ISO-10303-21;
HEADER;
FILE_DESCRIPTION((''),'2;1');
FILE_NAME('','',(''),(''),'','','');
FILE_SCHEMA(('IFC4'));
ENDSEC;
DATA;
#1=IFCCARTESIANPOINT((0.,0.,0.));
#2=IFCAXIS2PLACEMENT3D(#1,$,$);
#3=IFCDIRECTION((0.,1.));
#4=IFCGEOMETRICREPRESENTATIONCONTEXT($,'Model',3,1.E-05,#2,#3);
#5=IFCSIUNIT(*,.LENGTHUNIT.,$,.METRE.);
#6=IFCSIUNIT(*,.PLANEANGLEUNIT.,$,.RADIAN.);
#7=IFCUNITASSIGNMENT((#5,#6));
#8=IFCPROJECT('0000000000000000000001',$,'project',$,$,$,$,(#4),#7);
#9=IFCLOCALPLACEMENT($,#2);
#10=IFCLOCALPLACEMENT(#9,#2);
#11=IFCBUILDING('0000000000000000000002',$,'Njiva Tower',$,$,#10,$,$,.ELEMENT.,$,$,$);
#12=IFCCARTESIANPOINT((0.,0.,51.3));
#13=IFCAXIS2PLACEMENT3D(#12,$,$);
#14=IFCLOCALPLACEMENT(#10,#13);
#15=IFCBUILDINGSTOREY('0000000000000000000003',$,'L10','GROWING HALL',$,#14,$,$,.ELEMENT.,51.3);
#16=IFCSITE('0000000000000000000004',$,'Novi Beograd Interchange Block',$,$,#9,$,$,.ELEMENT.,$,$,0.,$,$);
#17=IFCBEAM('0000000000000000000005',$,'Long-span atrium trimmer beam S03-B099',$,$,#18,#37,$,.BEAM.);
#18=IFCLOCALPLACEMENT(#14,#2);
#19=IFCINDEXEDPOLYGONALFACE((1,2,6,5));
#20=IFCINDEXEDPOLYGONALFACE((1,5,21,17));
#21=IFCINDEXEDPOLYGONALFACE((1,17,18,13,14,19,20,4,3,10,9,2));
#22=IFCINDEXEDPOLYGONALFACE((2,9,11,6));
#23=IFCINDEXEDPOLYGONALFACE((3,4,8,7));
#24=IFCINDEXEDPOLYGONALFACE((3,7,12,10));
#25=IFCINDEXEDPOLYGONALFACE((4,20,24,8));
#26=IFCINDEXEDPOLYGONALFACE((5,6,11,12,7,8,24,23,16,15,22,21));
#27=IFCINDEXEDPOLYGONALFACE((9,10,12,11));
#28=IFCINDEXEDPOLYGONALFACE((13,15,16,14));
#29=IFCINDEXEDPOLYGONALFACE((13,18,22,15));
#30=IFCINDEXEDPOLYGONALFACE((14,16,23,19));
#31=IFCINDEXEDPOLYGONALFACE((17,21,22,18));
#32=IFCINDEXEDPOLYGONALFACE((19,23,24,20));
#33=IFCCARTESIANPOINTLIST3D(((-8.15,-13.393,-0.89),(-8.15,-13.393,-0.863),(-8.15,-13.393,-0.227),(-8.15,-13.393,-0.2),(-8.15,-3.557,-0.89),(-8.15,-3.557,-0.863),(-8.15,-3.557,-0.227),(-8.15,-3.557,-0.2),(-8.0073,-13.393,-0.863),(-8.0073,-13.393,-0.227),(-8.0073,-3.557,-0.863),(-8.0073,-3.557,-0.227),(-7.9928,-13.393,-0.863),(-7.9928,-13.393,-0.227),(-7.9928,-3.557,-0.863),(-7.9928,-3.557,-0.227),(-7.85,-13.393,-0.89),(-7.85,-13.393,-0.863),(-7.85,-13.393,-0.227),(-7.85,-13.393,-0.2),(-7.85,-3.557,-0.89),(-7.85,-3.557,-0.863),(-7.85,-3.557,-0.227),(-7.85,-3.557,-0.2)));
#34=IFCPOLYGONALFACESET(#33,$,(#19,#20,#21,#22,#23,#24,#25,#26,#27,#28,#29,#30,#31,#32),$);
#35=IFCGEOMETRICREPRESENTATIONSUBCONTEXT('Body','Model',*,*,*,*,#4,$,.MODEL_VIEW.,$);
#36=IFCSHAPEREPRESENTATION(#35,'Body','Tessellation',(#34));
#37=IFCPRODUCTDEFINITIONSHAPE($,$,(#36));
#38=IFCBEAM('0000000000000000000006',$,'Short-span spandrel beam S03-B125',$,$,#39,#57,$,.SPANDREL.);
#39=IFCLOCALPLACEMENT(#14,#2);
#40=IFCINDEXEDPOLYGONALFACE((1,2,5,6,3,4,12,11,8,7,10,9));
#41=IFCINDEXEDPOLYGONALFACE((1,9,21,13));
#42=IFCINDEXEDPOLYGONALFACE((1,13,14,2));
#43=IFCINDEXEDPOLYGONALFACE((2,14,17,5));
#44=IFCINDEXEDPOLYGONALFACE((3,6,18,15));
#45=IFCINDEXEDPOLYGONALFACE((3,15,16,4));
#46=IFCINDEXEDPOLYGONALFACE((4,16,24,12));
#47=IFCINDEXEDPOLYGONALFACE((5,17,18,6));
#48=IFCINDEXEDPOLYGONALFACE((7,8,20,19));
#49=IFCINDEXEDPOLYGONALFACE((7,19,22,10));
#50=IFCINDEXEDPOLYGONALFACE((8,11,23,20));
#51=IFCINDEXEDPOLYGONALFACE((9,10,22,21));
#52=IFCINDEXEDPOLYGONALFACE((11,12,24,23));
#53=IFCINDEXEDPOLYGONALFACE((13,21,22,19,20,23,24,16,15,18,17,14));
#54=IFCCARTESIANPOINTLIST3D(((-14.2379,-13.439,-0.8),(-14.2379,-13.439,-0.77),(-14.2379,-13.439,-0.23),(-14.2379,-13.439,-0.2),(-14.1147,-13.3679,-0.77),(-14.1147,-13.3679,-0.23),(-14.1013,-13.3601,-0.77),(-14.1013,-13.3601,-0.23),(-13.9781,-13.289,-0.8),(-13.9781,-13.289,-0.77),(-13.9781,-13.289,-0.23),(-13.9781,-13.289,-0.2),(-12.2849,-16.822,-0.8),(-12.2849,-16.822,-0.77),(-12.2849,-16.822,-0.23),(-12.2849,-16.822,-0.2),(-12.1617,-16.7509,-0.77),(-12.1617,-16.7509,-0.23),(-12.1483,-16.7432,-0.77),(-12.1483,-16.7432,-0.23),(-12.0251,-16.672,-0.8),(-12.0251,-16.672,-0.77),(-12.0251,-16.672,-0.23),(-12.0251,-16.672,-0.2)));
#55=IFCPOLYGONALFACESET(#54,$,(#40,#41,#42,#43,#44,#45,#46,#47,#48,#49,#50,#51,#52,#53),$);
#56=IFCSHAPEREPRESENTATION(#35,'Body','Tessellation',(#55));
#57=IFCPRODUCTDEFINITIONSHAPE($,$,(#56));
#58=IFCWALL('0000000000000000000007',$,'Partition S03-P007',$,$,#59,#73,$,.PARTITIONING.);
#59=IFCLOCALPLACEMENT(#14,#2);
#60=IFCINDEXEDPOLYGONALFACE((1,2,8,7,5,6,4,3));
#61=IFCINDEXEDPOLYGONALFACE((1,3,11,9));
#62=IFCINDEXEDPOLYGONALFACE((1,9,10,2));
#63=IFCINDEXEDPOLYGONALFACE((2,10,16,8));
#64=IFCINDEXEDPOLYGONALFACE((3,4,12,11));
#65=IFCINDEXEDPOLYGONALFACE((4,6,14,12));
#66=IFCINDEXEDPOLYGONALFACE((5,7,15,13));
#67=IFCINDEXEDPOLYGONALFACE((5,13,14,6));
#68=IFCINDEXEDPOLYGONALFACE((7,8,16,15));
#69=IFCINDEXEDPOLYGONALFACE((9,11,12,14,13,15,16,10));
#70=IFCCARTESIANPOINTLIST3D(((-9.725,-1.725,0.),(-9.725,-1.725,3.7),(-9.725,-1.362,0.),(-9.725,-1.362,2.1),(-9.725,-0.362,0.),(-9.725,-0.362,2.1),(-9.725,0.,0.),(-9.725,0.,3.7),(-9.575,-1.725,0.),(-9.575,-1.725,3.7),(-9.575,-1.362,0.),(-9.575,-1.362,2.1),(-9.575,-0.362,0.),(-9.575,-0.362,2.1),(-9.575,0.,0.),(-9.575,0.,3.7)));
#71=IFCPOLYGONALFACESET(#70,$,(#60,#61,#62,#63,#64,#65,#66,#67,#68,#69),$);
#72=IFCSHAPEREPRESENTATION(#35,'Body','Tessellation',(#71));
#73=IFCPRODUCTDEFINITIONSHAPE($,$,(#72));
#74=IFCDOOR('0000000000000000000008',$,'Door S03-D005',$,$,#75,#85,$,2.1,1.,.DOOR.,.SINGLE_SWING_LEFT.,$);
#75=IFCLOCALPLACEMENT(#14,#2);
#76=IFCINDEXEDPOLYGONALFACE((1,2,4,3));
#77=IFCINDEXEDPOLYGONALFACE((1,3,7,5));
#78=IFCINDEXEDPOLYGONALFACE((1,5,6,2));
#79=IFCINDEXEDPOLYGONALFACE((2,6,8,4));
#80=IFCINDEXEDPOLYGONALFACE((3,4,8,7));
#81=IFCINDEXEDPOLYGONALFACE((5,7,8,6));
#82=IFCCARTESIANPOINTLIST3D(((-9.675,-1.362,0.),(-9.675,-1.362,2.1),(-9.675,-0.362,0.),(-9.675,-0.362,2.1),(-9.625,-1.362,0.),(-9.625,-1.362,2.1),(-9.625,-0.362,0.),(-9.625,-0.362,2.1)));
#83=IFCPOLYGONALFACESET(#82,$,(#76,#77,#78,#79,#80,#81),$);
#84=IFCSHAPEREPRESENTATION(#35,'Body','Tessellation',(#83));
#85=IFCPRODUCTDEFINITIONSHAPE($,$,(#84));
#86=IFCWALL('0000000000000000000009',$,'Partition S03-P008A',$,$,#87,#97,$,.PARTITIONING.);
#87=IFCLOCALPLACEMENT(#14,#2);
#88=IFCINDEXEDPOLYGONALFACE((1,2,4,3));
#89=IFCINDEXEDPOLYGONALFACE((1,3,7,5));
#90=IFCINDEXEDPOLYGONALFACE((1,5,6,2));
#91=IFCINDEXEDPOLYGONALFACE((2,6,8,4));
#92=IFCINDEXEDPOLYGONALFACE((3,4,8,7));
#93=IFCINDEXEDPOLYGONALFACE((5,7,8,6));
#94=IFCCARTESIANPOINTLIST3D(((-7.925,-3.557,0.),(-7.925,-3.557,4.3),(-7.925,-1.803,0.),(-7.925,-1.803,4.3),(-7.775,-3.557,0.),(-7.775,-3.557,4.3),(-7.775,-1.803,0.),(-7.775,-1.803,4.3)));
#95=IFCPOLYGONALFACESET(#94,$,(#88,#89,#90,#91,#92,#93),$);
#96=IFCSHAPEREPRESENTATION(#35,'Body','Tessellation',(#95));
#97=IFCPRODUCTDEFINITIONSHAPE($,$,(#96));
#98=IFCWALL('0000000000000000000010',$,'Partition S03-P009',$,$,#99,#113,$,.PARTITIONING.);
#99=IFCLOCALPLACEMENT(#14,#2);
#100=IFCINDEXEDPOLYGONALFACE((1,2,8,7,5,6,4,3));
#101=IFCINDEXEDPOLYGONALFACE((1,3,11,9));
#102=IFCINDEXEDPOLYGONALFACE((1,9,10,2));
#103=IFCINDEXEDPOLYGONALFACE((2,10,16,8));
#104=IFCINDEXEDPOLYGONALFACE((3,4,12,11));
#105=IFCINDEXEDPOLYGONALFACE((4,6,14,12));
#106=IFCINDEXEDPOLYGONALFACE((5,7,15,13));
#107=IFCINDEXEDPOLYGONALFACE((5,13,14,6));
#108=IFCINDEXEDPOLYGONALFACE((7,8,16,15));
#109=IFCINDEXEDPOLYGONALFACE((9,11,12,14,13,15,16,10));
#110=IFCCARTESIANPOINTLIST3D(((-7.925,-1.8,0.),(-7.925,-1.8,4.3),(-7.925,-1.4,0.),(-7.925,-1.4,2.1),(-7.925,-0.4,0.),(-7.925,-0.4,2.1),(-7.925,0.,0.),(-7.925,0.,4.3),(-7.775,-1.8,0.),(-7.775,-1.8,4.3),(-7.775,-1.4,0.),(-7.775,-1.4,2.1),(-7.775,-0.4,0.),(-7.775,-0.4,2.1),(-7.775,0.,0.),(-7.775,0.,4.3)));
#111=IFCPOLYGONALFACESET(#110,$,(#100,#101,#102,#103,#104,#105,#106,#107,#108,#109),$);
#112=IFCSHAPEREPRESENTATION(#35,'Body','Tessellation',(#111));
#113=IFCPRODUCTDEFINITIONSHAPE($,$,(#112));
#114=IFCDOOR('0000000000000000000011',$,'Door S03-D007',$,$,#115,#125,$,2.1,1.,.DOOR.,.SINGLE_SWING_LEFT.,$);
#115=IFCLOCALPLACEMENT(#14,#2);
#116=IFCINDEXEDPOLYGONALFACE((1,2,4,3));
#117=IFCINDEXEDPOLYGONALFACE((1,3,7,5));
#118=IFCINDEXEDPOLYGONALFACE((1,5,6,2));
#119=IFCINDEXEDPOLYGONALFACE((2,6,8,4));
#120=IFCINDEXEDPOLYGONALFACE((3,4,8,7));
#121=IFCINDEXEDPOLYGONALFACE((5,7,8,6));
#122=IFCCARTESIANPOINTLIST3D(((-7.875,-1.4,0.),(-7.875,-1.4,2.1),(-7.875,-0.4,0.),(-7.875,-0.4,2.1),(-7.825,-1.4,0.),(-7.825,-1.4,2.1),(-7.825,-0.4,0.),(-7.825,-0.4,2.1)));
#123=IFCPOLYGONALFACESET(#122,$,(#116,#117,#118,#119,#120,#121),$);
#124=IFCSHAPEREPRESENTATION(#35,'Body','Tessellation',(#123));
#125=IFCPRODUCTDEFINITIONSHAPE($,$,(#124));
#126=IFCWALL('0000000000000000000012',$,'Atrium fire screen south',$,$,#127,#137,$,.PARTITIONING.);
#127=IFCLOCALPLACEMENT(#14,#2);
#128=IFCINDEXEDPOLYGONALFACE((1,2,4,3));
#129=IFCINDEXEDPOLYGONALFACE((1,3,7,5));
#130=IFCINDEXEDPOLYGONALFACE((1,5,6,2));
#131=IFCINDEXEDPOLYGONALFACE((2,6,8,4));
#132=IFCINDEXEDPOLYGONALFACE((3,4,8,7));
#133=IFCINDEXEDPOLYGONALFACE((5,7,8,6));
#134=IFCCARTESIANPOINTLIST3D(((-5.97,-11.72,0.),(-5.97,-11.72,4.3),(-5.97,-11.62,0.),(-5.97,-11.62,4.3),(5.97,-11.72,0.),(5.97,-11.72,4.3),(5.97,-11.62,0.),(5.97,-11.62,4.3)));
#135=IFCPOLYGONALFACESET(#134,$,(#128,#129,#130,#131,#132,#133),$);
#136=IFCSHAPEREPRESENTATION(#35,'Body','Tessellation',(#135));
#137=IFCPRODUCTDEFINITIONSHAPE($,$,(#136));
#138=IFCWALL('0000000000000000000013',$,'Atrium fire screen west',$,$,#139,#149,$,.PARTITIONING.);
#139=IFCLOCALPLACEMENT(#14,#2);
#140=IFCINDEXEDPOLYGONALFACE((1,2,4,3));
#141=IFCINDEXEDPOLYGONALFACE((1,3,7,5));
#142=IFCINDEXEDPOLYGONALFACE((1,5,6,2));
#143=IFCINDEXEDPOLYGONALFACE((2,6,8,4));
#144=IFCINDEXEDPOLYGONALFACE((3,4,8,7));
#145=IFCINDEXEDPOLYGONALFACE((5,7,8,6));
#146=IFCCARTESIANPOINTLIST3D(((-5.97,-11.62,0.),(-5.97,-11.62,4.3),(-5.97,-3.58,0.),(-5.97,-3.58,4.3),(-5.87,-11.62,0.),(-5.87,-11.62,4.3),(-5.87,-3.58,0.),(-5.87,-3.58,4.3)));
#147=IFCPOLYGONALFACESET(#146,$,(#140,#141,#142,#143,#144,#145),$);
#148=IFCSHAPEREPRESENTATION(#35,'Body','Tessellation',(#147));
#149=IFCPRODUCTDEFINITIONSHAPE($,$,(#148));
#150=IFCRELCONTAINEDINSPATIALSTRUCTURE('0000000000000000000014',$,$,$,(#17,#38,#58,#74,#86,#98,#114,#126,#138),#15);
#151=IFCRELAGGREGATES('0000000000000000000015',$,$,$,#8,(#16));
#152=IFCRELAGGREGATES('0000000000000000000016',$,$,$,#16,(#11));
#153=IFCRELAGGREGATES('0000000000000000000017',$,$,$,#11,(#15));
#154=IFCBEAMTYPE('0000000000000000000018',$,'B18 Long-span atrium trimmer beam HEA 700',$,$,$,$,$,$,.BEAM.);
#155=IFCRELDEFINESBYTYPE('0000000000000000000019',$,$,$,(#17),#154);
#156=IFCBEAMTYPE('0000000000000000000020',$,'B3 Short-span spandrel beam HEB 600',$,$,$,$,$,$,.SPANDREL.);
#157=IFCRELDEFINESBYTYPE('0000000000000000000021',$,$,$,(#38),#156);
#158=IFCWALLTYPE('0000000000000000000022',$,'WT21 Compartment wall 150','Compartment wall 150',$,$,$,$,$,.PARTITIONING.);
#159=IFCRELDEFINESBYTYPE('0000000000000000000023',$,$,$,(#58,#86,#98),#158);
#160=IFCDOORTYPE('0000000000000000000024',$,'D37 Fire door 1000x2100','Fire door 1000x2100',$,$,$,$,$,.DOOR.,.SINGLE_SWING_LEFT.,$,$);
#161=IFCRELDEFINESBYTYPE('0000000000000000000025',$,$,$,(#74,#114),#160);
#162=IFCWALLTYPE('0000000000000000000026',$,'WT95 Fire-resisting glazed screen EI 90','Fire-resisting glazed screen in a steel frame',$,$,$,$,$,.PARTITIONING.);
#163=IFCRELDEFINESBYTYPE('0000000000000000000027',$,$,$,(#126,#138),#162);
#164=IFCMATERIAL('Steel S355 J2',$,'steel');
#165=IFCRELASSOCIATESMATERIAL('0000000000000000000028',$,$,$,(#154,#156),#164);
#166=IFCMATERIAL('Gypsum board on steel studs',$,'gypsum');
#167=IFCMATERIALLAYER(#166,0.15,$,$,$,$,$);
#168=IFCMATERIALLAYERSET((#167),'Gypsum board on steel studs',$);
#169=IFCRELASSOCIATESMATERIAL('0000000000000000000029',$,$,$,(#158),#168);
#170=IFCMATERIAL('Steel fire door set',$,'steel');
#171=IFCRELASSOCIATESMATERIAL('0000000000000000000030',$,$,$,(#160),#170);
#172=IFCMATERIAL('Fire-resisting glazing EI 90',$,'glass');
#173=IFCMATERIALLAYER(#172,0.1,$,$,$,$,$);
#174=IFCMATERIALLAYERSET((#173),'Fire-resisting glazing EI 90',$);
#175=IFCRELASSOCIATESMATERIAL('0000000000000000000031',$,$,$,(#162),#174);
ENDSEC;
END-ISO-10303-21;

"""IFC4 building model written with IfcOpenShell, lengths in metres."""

from ifc_helpers import new_model, si_unit, direction, frame, frame_2d, origin, origin_2d, place, context, subcontext, project, spatial, rectangle, i_section, extrude, material, layer, layer_set, material_profile, profile_set, type_object, element, fill, save


model = new_model("IFC4")

# Units and contexts
model_context = context("Model", 3, precision=1e-05, world=origin(), true_north=direction((0.0, 1.0)))
body_context = subcontext(model_context, "Body", "Model", "MODEL_VIEW")
ifc_project = project(units=[si_unit("LENGTHUNIT", "METRE"), si_unit("PLANEANGLEUNIT", "RADIAN")], contexts=[model_context])

# Site, building, storey
site_placement = place(None, origin())
site = spatial("IfcSite", under=ifc_project, at=site_placement, Name="Novi Beograd Interchange Block", CompositionType="ELEMENT", RefElevation=0.0)
building_placement = place(site_placement, origin())
building = spatial("IfcBuilding", under=site, at=building_placement, Name="Njiva Tower", CompositionType="ELEMENT")
storey_placement = place(building_placement, frame((0.0, 0.0, 51.3)))
storey = spatial("IfcBuildingStorey", under=building, at=storey_placement, Name="L10", Description="GROWING HALL", CompositionType="ELEMENT", Elevation=51.3)

# Shared definitions
ifc_material_1 = material(Name="Steel S355 J2", Category="steel")

# Beams
ifc_material_profile_1 = material_profile(ifc_material_1, i_section(OverallWidth=0.3, OverallDepth=0.69, WebThickness=0.0145, FlangeThickness=0.027, at=origin_2d()), Name="HEA 700")
ifc_profile_set_1 = profile_set([ifc_material_profile_1], Name="Steel S355 J2")
beam_type_1 = type_object("IfcBeamType", Name="B18 Long-span atrium trimmer beam HEA 700", PredefinedType="BEAM", material=ifc_profile_set_1)
beam_1_placement = place(storey_placement, frame((-8.0, -3.557, -0.545), z_axis=(0.0, -1.0, 0.0), x_axis=(1.0, 0.0, 0.0)))
element("IfcBeam", 1, at=beam_1_placement, inside=storey, type_object=beam_type_1, Name="Long-span atrium trimmer beam S03-B099", PredefinedType="BEAM", context=body_context, shape_type="SweptSolid", body=[
    extrude(i_section(OverallWidth=0.3, OverallDepth=0.69, WebThickness=0.0145, FlangeThickness=0.027, at=origin_2d()), origin(), (0.0, 0.0, 1.0), 9.836),
])
ifc_material_profile_2 = material_profile(ifc_material_1, i_section(OverallWidth=0.3, OverallDepth=0.6, WebThickness=0.0155, FlangeThickness=0.03, at=origin_2d()), Name="HEB 600")
ifc_profile_set_2 = profile_set([ifc_material_profile_2], Name="Steel S355 J2")
beam_type_2 = type_object("IfcBeamType", Name="B3 Short-span spandrel beam HEB 600", PredefinedType="SPANDREL", material=ifc_profile_set_2)
beam_2_placement = place(storey_placement, frame((-14.108, -13.364, -0.5), z_axis=(0.499966, -0.866045, 0.0), x_axis=(0.866045, 0.499966, 0.0)))
element("IfcBeam", 2, at=beam_2_placement, inside=storey, type_object=beam_type_2, Name="Short-span spandrel beam S03-B125", PredefinedType="SPANDREL", context=body_context, shape_type="SweptSolid", body=[
    extrude(i_section(OverallWidth=0.3, OverallDepth=0.6, WebThickness=0.0155, FlangeThickness=0.03, at=origin_2d()), origin(), (0.0, 0.0, 1.0), 3.9063),
])

# Wall, opening, door
ifc_material_2 = material(Name="Gypsum board on steel studs", Category="gypsum")
ifc_layer_1 = layer(ifc_material_2, 0.15)
ifc_layer_set_1 = layer_set([ifc_layer_1], Name="Gypsum board on steel studs")
wall_type_1 = type_object("IfcWallType", Name="WT21 Compartment wall 150", Description="Compartment wall 150", PredefinedType="PARTITIONING", material=ifc_layer_set_1)
wall_1_placement = place(storey_placement, frame((-9.65, -1.725, 0.0), z_axis=(0.0, 0.0, 1.0), x_axis=(0.0, 1.0, 0.0)))
wall_1 = element("IfcWall", 3, at=wall_1_placement, inside=storey, type_object=wall_type_1, Name="Partition S03-P007", PredefinedType="PARTITIONING", context=body_context, shape_type="SweptSolid", body=[
    extrude(rectangle(XDim=1.725, YDim=0.15, at=frame_2d((0.8625, 0.0))), origin(), (0.0, 0.0, 1.0), 3.7),
])
opening_1_placement = place(wall_1_placement, frame((0.363, 0.0, 0.0)))
opening_1 = element("IfcOpeningElement", 4, at=opening_1_placement, cuts=wall_1, PredefinedType="OPENING", context=body_context, shape_type="SweptSolid", body=[
    extrude(rectangle(XDim=1.0, YDim=2.1, at=frame_2d((0.5, 1.05))), frame((0.0, 0.085, 0.0), z_axis=(0.0, -1.0, 0.0), x_axis=(1.0, 0.0, 0.0)), (0.0, 0.0, 1.0), 0.17),
])
ifc_material_3 = material(Name="Steel fire door set", Category="steel")
door_type = type_object("IfcDoorType", Name="D37 Fire door 1000x2100", Description="Fire door 1000x2100", OperationType="SINGLE_SWING_LEFT", PredefinedType="DOOR", material=ifc_material_3)
door_1_placement = place(opening_1_placement, origin())
door_1 = element("IfcDoor", 5, at=door_1_placement, inside=storey, type_object=door_type, Name="Door S03-D005", OperationType="SINGLE_SWING_LEFT", OverallHeight=2.1, OverallWidth=1.0, PredefinedType="DOOR", context=body_context, shape_type="SweptSolid", body=[
    extrude(rectangle(XDim=1.0, YDim=2.1, at=frame_2d((0.5, 1.05))), frame((0.0, 0.025, 0.0), z_axis=(0.0, -1.0, 0.0), x_axis=(1.0, 0.0, 0.0)), (0.0, 0.0, 1.0), 0.05),
])
fill(opening_1, door_1)

# Wall
wall_2_placement = place(storey_placement, frame((-7.85, -3.557, 0.0), z_axis=(0.0, 0.0, 1.0), x_axis=(0.0, 1.0, 0.0)))
element("IfcWall", 6, at=wall_2_placement, inside=storey, type_object=wall_type_1, Name="Partition S03-P008A", PredefinedType="PARTITIONING", context=body_context, shape_type="SweptSolid", body=[
    extrude(rectangle(XDim=1.754, YDim=0.15, at=frame_2d((0.877, 0.0))), origin(), (0.0, 0.0, 1.0), 4.3),
])

# Wall, opening, door
wall_3_placement = place(storey_placement, frame((-7.85, -1.8, 0.0), z_axis=(0.0, 0.0, 1.0), x_axis=(0.0, 1.0, 0.0)))
wall_3 = element("IfcWall", 7, at=wall_3_placement, inside=storey, type_object=wall_type_1, Name="Partition S03-P009", PredefinedType="PARTITIONING", context=body_context, shape_type="SweptSolid", body=[
    extrude(rectangle(XDim=1.8, YDim=0.15, at=frame_2d((0.9, 0.0))), origin(), (0.0, 0.0, 1.0), 4.3),
])
opening_2_placement = place(wall_3_placement, frame((0.4, 0.0, 0.0)))
opening_2 = element("IfcOpeningElement", 8, at=opening_2_placement, cuts=wall_3, PredefinedType="OPENING", context=body_context, shape_type="SweptSolid", body=[
    extrude(rectangle(XDim=1.0, YDim=2.1, at=frame_2d((0.5, 1.05))), frame((0.0, 0.085, 0.0), z_axis=(0.0, -1.0, 0.0), x_axis=(1.0, 0.0, 0.0)), (0.0, 0.0, 1.0), 0.17),
])
door_2_placement = place(opening_2_placement, origin())
door_2 = element("IfcDoor", 9, at=door_2_placement, inside=storey, type_object=door_type, Name="Door S03-D007", OperationType="SINGLE_SWING_LEFT", OverallHeight=2.1, OverallWidth=1.0, PredefinedType="DOOR", context=body_context, shape_type="SweptSolid", body=[
    extrude(rectangle(XDim=1.0, YDim=2.1, at=frame_2d((0.5, 1.05))), frame((0.0, 0.025, 0.0), z_axis=(0.0, -1.0, 0.0), x_axis=(1.0, 0.0, 0.0)), (0.0, 0.0, 1.0), 0.05),
])
fill(opening_2, door_2)

# Walls
ifc_material_4 = material(Name="Fire-resisting glazing EI 90", Category="glass")
ifc_layer_2 = layer(ifc_material_4, 0.1)
ifc_layer_set_2 = layer_set([ifc_layer_2], Name="Fire-resisting glazing EI 90")
wall_type_2 = type_object("IfcWallType", Name="WT95 Fire-resisting glazed screen EI 90", Description="Fire-resisting glazed screen in a steel frame", PredefinedType="PARTITIONING", material=ifc_layer_set_2)
wall_4_placement = place(storey_placement, frame((-5.97, -11.67, 0.0), z_axis=(0.0, 0.0, 1.0), x_axis=(1.0, 0.0, 0.0)))
element("IfcWall", 10, at=wall_4_placement, inside=storey, type_object=wall_type_2, Name="Atrium fire screen south", PredefinedType="PARTITIONING", context=body_context, shape_type="SweptSolid", body=[
    extrude(rectangle(XDim=11.94, YDim=0.1, at=frame_2d((5.97, 0.0))), origin(), (0.0, 0.0, 1.0), 4.3),
])
wall_5_placement = place(storey_placement, frame((-5.92, -3.58, 0.0), z_axis=(0.0, 0.0, 1.0), x_axis=(0.0, -1.0, 0.0)))
element("IfcWall", 11, at=wall_5_placement, inside=storey, type_object=wall_type_2, Name="Atrium fire screen west", PredefinedType="PARTITIONING", context=body_context, shape_type="SweptSolid", body=[
    extrude(rectangle(XDim=8.04, YDim=0.1, at=frame_2d((4.02, 0.0))), origin(), (0.0, 0.0, 1.0), 4.3),
])

save(model, "model.ifc")
